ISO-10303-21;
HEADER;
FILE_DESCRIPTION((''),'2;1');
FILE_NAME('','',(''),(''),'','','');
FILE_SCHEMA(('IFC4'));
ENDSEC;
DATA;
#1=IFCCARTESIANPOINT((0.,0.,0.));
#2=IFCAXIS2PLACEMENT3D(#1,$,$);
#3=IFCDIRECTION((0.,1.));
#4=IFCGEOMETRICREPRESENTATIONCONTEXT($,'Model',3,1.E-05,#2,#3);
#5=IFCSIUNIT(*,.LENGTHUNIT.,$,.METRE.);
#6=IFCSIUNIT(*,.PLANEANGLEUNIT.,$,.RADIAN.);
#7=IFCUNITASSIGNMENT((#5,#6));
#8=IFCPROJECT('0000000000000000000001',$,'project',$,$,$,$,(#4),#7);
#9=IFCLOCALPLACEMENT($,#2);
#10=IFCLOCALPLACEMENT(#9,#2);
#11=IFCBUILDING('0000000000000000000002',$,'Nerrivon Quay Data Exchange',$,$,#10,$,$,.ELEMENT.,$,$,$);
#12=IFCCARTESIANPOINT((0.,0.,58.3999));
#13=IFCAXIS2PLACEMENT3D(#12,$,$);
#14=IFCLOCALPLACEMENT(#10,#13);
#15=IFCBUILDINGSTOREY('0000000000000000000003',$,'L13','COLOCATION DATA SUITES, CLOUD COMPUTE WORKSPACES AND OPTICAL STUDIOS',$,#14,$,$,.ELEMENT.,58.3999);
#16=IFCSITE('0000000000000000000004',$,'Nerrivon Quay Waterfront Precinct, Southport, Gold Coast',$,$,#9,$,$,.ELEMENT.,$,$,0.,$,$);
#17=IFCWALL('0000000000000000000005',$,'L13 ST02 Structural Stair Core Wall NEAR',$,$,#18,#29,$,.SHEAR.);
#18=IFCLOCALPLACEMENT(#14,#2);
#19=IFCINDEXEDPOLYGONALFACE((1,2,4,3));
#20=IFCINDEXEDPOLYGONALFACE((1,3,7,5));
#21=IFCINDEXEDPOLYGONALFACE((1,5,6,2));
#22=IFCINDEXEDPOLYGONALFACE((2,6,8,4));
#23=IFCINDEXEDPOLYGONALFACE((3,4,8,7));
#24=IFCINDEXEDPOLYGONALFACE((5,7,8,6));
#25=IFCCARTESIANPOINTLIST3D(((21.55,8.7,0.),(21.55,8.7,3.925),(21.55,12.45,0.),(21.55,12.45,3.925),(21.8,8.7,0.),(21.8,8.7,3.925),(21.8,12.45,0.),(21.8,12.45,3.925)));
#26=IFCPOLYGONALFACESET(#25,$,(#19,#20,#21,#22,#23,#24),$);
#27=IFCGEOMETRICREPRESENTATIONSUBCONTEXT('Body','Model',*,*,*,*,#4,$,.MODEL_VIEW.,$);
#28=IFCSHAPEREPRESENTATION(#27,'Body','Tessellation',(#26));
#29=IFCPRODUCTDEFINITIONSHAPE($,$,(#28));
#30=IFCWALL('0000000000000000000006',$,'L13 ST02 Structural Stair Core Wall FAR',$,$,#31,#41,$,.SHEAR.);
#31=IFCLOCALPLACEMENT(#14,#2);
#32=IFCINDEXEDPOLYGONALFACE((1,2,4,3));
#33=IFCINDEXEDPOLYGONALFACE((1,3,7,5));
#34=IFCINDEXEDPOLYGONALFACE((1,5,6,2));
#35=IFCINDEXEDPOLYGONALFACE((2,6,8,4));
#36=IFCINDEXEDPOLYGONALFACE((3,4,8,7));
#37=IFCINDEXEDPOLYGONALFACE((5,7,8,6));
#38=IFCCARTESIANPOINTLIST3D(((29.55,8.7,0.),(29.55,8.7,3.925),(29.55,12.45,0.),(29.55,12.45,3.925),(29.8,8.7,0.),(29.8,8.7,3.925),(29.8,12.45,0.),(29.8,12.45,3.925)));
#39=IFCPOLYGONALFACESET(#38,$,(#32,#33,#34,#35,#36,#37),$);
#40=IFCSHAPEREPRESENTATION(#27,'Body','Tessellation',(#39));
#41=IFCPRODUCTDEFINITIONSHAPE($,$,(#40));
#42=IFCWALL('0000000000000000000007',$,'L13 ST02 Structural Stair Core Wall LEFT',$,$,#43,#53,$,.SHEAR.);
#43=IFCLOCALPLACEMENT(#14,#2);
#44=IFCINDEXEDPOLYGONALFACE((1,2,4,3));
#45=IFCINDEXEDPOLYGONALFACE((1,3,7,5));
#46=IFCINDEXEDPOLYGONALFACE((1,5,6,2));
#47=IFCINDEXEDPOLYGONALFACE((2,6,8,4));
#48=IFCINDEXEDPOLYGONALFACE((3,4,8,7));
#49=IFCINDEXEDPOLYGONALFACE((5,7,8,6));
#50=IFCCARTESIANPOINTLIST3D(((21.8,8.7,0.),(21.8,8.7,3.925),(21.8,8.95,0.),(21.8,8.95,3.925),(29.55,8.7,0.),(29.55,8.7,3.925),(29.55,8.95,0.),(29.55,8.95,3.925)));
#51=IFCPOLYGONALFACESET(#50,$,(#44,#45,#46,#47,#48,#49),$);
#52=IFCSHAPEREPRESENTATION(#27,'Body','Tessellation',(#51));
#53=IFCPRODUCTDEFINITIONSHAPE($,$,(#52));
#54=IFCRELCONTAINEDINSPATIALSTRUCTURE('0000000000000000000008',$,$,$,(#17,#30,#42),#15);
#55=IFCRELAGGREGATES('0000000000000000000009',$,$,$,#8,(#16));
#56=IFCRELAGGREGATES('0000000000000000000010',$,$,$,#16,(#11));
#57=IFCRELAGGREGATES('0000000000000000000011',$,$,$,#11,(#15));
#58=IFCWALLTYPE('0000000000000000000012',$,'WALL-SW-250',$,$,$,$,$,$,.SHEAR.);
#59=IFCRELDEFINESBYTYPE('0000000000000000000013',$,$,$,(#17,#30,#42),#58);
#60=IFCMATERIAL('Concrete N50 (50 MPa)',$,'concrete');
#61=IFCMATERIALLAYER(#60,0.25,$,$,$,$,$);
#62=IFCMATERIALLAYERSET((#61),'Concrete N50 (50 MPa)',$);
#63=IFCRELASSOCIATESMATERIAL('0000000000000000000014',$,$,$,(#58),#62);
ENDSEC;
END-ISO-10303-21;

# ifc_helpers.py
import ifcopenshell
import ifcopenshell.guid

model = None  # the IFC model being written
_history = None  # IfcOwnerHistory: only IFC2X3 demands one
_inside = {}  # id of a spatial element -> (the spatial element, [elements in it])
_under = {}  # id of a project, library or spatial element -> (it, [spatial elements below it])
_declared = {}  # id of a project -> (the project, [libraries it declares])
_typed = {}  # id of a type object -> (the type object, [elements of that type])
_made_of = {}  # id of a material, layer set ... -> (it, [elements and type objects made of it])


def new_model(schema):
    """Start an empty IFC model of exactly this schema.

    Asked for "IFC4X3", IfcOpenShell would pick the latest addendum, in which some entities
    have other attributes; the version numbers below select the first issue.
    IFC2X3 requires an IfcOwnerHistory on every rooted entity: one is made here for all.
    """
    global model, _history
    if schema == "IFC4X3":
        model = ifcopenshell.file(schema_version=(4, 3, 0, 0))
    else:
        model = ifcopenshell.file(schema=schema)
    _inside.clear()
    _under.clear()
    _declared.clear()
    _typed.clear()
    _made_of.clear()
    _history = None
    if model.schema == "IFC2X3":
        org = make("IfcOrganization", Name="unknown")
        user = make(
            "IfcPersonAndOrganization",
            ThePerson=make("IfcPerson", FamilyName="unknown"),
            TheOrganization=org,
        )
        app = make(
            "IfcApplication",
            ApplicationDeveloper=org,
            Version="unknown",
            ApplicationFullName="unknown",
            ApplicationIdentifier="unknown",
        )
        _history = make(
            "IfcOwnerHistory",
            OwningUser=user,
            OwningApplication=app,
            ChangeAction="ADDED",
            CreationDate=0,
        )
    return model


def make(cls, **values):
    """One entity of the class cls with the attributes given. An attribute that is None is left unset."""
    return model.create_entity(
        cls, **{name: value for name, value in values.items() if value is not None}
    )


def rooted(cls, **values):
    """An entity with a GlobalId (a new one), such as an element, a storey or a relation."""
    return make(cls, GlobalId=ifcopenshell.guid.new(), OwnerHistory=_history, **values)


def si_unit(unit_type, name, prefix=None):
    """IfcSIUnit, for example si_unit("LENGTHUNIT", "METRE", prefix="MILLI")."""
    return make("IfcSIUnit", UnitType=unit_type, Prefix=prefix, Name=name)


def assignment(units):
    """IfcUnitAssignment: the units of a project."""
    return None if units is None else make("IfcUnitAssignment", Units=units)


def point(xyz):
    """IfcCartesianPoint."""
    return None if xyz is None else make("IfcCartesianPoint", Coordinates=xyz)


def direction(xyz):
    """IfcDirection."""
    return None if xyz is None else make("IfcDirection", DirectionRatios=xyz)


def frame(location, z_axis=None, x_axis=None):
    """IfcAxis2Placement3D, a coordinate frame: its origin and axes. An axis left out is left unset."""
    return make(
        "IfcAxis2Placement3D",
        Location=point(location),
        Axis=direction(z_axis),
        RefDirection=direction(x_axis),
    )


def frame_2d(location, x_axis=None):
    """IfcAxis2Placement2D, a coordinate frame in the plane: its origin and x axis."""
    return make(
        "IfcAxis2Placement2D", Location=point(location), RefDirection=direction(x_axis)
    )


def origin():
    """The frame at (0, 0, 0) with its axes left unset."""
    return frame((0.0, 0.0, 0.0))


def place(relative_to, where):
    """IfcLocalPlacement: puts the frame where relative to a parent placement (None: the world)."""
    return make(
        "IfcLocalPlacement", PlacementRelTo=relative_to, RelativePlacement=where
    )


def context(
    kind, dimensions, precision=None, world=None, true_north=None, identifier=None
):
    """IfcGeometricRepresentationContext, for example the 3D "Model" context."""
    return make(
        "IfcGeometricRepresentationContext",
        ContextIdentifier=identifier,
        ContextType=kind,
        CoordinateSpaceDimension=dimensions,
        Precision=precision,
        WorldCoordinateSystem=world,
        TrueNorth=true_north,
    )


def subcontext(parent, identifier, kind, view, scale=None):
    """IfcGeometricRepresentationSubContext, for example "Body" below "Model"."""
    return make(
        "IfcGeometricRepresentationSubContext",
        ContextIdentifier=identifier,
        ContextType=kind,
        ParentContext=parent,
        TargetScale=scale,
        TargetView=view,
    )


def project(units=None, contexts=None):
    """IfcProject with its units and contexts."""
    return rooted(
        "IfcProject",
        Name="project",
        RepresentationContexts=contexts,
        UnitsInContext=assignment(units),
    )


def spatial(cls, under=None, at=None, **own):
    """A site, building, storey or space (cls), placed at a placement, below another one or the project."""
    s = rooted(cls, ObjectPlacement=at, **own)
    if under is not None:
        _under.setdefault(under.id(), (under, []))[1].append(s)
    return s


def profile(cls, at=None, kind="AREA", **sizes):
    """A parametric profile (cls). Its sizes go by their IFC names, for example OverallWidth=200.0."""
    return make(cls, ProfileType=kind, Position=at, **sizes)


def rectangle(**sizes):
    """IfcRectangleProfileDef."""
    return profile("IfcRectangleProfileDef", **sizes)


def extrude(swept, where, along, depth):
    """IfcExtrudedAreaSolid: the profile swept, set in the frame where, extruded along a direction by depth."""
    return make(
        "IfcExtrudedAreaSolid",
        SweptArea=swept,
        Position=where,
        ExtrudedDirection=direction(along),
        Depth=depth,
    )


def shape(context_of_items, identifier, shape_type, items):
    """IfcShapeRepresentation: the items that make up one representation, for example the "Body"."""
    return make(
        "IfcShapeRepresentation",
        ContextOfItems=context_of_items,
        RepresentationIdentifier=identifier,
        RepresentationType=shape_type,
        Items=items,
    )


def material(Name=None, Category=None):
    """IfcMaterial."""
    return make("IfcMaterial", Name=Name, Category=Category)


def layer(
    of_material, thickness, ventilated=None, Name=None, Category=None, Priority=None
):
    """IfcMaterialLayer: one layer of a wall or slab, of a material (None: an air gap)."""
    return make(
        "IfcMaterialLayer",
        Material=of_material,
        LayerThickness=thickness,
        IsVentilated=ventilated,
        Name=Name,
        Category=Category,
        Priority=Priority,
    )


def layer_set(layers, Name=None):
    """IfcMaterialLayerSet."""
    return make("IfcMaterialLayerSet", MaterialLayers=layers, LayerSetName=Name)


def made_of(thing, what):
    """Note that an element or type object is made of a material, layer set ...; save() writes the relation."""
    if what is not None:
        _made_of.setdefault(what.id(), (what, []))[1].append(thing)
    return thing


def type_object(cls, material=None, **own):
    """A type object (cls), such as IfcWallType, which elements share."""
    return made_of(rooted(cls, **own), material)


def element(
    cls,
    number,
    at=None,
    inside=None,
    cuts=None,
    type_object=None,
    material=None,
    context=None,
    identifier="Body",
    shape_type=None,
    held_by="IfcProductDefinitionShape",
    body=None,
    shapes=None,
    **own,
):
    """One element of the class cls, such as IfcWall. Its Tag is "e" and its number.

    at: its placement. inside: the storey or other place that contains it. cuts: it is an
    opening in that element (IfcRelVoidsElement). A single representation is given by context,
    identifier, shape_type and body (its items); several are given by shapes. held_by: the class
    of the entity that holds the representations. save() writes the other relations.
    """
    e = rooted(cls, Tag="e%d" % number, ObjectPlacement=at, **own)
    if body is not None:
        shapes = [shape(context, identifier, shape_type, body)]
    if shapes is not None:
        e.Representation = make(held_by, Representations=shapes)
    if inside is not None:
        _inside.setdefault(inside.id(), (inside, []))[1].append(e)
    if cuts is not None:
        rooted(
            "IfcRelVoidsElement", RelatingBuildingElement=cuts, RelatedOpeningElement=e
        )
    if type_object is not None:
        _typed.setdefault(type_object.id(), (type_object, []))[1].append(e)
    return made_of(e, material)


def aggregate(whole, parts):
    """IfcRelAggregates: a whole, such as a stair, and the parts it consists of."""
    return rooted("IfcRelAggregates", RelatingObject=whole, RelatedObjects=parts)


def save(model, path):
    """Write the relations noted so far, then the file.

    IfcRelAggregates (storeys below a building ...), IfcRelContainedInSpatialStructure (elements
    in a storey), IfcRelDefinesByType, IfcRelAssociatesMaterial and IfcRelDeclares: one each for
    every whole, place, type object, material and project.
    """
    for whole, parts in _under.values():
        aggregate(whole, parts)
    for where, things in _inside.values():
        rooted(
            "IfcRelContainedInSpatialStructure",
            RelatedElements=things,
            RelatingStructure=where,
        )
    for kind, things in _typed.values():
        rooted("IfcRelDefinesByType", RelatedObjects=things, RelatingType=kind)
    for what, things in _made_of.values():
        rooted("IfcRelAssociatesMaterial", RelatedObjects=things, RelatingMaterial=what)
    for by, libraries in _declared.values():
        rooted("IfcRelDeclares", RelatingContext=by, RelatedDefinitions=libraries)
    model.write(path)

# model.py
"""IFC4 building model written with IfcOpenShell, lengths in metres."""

from ifc_helpers import new_model, si_unit, direction, frame, frame_2d, origin, place, context, subcontext, project, spatial, rectangle, extrude, material, layer, layer_set, type_object, element, save


model = new_model("IFC4")

# Units and contexts
model_context = context("Model", 3, precision=1e-05, world=origin(), true_north=direction((0.0, 1.0)))
body_context = subcontext(model_context, "Body", "Model", "MODEL_VIEW")
ifc_project = project(units=[si_unit("LENGTHUNIT", "METRE"), si_unit("PLANEANGLEUNIT", "RADIAN")], contexts=[model_context])

# Site, building, storey
site_placement = place(None, origin())
site = spatial("IfcSite", under=ifc_project, at=site_placement, Name="Nerrivon Quay Waterfront Precinct, Southport, Gold Coast", CompositionType="ELEMENT", RefElevation=0.0)
building_placement = place(site_placement, origin())
building = spatial("IfcBuilding", under=site, at=building_placement, Name="Nerrivon Quay Data Exchange", CompositionType="ELEMENT")
storey_placement = place(building_placement, frame((0.0, 0.0, 58.3999)))
storey = spatial("IfcBuildingStorey", under=building, at=storey_placement, Name="L13", Description="COLOCATION DATA SUITES, CLOUD COMPUTE WORKSPACES AND OPTICAL STUDIOS", CompositionType="ELEMENT", Elevation=58.3999)

# Shared definitions
ifc_material_1 = material(Name="Concrete N50 (50 MPa)", Category="concrete")

# Walls
ifc_layer_1 = layer(ifc_material_1, 0.25)
ifc_layer_set_1 = layer_set([ifc_layer_1], Name="Concrete N50 (50 MPa)")
wall_type_1 = type_object("IfcWallType", Name="WALL-SW-250", PredefinedType="SHEAR", material=ifc_layer_set_1)
for number, where, z_axis, x_axis, name in (
    (1, (21.675, 8.7, 0.0), (0.0, 0.0, 1.0), (0.0, 1.0, 0.0), "L13 ST02 Structural Stair Core Wall NEAR"),
    (2, (29.675, 8.7, 0.0), (0.0, 0.0, 1.0), (0.0, 1.0, 0.0), "L13 ST02 Structural Stair Core Wall FAR"),
):
    element("IfcWall", number, at=place(storey_placement, frame(where, z_axis=z_axis, x_axis=x_axis)), inside=storey, type_object=wall_type_1, Name=name, PredefinedType="SHEAR", context=body_context, shape_type="SweptSolid", body=[
        extrude(rectangle(XDim=3.75, YDim=0.25, at=frame_2d((1.875, 0.0))), origin(), (0.0, 0.0, 1.0), 3.925),
    ])
wall_1_placement = place(storey_placement, frame((21.8, 8.825, 0.0), z_axis=(0.0, 0.0, 1.0), x_axis=(1.0, 0.0, 0.0)))
element("IfcWall", 3, at=wall_1_placement, inside=storey, type_object=wall_type_1, Name="L13 ST02 Structural Stair Core Wall LEFT", PredefinedType="SHEAR", context=body_context, shape_type="SweptSolid", body=[
    extrude(rectangle(XDim=7.75, YDim=0.25, at=frame_2d((3.875, 0.0))), origin(), (0.0, 0.0, 1.0), 3.925),
])

save(model, "model.ifc")
